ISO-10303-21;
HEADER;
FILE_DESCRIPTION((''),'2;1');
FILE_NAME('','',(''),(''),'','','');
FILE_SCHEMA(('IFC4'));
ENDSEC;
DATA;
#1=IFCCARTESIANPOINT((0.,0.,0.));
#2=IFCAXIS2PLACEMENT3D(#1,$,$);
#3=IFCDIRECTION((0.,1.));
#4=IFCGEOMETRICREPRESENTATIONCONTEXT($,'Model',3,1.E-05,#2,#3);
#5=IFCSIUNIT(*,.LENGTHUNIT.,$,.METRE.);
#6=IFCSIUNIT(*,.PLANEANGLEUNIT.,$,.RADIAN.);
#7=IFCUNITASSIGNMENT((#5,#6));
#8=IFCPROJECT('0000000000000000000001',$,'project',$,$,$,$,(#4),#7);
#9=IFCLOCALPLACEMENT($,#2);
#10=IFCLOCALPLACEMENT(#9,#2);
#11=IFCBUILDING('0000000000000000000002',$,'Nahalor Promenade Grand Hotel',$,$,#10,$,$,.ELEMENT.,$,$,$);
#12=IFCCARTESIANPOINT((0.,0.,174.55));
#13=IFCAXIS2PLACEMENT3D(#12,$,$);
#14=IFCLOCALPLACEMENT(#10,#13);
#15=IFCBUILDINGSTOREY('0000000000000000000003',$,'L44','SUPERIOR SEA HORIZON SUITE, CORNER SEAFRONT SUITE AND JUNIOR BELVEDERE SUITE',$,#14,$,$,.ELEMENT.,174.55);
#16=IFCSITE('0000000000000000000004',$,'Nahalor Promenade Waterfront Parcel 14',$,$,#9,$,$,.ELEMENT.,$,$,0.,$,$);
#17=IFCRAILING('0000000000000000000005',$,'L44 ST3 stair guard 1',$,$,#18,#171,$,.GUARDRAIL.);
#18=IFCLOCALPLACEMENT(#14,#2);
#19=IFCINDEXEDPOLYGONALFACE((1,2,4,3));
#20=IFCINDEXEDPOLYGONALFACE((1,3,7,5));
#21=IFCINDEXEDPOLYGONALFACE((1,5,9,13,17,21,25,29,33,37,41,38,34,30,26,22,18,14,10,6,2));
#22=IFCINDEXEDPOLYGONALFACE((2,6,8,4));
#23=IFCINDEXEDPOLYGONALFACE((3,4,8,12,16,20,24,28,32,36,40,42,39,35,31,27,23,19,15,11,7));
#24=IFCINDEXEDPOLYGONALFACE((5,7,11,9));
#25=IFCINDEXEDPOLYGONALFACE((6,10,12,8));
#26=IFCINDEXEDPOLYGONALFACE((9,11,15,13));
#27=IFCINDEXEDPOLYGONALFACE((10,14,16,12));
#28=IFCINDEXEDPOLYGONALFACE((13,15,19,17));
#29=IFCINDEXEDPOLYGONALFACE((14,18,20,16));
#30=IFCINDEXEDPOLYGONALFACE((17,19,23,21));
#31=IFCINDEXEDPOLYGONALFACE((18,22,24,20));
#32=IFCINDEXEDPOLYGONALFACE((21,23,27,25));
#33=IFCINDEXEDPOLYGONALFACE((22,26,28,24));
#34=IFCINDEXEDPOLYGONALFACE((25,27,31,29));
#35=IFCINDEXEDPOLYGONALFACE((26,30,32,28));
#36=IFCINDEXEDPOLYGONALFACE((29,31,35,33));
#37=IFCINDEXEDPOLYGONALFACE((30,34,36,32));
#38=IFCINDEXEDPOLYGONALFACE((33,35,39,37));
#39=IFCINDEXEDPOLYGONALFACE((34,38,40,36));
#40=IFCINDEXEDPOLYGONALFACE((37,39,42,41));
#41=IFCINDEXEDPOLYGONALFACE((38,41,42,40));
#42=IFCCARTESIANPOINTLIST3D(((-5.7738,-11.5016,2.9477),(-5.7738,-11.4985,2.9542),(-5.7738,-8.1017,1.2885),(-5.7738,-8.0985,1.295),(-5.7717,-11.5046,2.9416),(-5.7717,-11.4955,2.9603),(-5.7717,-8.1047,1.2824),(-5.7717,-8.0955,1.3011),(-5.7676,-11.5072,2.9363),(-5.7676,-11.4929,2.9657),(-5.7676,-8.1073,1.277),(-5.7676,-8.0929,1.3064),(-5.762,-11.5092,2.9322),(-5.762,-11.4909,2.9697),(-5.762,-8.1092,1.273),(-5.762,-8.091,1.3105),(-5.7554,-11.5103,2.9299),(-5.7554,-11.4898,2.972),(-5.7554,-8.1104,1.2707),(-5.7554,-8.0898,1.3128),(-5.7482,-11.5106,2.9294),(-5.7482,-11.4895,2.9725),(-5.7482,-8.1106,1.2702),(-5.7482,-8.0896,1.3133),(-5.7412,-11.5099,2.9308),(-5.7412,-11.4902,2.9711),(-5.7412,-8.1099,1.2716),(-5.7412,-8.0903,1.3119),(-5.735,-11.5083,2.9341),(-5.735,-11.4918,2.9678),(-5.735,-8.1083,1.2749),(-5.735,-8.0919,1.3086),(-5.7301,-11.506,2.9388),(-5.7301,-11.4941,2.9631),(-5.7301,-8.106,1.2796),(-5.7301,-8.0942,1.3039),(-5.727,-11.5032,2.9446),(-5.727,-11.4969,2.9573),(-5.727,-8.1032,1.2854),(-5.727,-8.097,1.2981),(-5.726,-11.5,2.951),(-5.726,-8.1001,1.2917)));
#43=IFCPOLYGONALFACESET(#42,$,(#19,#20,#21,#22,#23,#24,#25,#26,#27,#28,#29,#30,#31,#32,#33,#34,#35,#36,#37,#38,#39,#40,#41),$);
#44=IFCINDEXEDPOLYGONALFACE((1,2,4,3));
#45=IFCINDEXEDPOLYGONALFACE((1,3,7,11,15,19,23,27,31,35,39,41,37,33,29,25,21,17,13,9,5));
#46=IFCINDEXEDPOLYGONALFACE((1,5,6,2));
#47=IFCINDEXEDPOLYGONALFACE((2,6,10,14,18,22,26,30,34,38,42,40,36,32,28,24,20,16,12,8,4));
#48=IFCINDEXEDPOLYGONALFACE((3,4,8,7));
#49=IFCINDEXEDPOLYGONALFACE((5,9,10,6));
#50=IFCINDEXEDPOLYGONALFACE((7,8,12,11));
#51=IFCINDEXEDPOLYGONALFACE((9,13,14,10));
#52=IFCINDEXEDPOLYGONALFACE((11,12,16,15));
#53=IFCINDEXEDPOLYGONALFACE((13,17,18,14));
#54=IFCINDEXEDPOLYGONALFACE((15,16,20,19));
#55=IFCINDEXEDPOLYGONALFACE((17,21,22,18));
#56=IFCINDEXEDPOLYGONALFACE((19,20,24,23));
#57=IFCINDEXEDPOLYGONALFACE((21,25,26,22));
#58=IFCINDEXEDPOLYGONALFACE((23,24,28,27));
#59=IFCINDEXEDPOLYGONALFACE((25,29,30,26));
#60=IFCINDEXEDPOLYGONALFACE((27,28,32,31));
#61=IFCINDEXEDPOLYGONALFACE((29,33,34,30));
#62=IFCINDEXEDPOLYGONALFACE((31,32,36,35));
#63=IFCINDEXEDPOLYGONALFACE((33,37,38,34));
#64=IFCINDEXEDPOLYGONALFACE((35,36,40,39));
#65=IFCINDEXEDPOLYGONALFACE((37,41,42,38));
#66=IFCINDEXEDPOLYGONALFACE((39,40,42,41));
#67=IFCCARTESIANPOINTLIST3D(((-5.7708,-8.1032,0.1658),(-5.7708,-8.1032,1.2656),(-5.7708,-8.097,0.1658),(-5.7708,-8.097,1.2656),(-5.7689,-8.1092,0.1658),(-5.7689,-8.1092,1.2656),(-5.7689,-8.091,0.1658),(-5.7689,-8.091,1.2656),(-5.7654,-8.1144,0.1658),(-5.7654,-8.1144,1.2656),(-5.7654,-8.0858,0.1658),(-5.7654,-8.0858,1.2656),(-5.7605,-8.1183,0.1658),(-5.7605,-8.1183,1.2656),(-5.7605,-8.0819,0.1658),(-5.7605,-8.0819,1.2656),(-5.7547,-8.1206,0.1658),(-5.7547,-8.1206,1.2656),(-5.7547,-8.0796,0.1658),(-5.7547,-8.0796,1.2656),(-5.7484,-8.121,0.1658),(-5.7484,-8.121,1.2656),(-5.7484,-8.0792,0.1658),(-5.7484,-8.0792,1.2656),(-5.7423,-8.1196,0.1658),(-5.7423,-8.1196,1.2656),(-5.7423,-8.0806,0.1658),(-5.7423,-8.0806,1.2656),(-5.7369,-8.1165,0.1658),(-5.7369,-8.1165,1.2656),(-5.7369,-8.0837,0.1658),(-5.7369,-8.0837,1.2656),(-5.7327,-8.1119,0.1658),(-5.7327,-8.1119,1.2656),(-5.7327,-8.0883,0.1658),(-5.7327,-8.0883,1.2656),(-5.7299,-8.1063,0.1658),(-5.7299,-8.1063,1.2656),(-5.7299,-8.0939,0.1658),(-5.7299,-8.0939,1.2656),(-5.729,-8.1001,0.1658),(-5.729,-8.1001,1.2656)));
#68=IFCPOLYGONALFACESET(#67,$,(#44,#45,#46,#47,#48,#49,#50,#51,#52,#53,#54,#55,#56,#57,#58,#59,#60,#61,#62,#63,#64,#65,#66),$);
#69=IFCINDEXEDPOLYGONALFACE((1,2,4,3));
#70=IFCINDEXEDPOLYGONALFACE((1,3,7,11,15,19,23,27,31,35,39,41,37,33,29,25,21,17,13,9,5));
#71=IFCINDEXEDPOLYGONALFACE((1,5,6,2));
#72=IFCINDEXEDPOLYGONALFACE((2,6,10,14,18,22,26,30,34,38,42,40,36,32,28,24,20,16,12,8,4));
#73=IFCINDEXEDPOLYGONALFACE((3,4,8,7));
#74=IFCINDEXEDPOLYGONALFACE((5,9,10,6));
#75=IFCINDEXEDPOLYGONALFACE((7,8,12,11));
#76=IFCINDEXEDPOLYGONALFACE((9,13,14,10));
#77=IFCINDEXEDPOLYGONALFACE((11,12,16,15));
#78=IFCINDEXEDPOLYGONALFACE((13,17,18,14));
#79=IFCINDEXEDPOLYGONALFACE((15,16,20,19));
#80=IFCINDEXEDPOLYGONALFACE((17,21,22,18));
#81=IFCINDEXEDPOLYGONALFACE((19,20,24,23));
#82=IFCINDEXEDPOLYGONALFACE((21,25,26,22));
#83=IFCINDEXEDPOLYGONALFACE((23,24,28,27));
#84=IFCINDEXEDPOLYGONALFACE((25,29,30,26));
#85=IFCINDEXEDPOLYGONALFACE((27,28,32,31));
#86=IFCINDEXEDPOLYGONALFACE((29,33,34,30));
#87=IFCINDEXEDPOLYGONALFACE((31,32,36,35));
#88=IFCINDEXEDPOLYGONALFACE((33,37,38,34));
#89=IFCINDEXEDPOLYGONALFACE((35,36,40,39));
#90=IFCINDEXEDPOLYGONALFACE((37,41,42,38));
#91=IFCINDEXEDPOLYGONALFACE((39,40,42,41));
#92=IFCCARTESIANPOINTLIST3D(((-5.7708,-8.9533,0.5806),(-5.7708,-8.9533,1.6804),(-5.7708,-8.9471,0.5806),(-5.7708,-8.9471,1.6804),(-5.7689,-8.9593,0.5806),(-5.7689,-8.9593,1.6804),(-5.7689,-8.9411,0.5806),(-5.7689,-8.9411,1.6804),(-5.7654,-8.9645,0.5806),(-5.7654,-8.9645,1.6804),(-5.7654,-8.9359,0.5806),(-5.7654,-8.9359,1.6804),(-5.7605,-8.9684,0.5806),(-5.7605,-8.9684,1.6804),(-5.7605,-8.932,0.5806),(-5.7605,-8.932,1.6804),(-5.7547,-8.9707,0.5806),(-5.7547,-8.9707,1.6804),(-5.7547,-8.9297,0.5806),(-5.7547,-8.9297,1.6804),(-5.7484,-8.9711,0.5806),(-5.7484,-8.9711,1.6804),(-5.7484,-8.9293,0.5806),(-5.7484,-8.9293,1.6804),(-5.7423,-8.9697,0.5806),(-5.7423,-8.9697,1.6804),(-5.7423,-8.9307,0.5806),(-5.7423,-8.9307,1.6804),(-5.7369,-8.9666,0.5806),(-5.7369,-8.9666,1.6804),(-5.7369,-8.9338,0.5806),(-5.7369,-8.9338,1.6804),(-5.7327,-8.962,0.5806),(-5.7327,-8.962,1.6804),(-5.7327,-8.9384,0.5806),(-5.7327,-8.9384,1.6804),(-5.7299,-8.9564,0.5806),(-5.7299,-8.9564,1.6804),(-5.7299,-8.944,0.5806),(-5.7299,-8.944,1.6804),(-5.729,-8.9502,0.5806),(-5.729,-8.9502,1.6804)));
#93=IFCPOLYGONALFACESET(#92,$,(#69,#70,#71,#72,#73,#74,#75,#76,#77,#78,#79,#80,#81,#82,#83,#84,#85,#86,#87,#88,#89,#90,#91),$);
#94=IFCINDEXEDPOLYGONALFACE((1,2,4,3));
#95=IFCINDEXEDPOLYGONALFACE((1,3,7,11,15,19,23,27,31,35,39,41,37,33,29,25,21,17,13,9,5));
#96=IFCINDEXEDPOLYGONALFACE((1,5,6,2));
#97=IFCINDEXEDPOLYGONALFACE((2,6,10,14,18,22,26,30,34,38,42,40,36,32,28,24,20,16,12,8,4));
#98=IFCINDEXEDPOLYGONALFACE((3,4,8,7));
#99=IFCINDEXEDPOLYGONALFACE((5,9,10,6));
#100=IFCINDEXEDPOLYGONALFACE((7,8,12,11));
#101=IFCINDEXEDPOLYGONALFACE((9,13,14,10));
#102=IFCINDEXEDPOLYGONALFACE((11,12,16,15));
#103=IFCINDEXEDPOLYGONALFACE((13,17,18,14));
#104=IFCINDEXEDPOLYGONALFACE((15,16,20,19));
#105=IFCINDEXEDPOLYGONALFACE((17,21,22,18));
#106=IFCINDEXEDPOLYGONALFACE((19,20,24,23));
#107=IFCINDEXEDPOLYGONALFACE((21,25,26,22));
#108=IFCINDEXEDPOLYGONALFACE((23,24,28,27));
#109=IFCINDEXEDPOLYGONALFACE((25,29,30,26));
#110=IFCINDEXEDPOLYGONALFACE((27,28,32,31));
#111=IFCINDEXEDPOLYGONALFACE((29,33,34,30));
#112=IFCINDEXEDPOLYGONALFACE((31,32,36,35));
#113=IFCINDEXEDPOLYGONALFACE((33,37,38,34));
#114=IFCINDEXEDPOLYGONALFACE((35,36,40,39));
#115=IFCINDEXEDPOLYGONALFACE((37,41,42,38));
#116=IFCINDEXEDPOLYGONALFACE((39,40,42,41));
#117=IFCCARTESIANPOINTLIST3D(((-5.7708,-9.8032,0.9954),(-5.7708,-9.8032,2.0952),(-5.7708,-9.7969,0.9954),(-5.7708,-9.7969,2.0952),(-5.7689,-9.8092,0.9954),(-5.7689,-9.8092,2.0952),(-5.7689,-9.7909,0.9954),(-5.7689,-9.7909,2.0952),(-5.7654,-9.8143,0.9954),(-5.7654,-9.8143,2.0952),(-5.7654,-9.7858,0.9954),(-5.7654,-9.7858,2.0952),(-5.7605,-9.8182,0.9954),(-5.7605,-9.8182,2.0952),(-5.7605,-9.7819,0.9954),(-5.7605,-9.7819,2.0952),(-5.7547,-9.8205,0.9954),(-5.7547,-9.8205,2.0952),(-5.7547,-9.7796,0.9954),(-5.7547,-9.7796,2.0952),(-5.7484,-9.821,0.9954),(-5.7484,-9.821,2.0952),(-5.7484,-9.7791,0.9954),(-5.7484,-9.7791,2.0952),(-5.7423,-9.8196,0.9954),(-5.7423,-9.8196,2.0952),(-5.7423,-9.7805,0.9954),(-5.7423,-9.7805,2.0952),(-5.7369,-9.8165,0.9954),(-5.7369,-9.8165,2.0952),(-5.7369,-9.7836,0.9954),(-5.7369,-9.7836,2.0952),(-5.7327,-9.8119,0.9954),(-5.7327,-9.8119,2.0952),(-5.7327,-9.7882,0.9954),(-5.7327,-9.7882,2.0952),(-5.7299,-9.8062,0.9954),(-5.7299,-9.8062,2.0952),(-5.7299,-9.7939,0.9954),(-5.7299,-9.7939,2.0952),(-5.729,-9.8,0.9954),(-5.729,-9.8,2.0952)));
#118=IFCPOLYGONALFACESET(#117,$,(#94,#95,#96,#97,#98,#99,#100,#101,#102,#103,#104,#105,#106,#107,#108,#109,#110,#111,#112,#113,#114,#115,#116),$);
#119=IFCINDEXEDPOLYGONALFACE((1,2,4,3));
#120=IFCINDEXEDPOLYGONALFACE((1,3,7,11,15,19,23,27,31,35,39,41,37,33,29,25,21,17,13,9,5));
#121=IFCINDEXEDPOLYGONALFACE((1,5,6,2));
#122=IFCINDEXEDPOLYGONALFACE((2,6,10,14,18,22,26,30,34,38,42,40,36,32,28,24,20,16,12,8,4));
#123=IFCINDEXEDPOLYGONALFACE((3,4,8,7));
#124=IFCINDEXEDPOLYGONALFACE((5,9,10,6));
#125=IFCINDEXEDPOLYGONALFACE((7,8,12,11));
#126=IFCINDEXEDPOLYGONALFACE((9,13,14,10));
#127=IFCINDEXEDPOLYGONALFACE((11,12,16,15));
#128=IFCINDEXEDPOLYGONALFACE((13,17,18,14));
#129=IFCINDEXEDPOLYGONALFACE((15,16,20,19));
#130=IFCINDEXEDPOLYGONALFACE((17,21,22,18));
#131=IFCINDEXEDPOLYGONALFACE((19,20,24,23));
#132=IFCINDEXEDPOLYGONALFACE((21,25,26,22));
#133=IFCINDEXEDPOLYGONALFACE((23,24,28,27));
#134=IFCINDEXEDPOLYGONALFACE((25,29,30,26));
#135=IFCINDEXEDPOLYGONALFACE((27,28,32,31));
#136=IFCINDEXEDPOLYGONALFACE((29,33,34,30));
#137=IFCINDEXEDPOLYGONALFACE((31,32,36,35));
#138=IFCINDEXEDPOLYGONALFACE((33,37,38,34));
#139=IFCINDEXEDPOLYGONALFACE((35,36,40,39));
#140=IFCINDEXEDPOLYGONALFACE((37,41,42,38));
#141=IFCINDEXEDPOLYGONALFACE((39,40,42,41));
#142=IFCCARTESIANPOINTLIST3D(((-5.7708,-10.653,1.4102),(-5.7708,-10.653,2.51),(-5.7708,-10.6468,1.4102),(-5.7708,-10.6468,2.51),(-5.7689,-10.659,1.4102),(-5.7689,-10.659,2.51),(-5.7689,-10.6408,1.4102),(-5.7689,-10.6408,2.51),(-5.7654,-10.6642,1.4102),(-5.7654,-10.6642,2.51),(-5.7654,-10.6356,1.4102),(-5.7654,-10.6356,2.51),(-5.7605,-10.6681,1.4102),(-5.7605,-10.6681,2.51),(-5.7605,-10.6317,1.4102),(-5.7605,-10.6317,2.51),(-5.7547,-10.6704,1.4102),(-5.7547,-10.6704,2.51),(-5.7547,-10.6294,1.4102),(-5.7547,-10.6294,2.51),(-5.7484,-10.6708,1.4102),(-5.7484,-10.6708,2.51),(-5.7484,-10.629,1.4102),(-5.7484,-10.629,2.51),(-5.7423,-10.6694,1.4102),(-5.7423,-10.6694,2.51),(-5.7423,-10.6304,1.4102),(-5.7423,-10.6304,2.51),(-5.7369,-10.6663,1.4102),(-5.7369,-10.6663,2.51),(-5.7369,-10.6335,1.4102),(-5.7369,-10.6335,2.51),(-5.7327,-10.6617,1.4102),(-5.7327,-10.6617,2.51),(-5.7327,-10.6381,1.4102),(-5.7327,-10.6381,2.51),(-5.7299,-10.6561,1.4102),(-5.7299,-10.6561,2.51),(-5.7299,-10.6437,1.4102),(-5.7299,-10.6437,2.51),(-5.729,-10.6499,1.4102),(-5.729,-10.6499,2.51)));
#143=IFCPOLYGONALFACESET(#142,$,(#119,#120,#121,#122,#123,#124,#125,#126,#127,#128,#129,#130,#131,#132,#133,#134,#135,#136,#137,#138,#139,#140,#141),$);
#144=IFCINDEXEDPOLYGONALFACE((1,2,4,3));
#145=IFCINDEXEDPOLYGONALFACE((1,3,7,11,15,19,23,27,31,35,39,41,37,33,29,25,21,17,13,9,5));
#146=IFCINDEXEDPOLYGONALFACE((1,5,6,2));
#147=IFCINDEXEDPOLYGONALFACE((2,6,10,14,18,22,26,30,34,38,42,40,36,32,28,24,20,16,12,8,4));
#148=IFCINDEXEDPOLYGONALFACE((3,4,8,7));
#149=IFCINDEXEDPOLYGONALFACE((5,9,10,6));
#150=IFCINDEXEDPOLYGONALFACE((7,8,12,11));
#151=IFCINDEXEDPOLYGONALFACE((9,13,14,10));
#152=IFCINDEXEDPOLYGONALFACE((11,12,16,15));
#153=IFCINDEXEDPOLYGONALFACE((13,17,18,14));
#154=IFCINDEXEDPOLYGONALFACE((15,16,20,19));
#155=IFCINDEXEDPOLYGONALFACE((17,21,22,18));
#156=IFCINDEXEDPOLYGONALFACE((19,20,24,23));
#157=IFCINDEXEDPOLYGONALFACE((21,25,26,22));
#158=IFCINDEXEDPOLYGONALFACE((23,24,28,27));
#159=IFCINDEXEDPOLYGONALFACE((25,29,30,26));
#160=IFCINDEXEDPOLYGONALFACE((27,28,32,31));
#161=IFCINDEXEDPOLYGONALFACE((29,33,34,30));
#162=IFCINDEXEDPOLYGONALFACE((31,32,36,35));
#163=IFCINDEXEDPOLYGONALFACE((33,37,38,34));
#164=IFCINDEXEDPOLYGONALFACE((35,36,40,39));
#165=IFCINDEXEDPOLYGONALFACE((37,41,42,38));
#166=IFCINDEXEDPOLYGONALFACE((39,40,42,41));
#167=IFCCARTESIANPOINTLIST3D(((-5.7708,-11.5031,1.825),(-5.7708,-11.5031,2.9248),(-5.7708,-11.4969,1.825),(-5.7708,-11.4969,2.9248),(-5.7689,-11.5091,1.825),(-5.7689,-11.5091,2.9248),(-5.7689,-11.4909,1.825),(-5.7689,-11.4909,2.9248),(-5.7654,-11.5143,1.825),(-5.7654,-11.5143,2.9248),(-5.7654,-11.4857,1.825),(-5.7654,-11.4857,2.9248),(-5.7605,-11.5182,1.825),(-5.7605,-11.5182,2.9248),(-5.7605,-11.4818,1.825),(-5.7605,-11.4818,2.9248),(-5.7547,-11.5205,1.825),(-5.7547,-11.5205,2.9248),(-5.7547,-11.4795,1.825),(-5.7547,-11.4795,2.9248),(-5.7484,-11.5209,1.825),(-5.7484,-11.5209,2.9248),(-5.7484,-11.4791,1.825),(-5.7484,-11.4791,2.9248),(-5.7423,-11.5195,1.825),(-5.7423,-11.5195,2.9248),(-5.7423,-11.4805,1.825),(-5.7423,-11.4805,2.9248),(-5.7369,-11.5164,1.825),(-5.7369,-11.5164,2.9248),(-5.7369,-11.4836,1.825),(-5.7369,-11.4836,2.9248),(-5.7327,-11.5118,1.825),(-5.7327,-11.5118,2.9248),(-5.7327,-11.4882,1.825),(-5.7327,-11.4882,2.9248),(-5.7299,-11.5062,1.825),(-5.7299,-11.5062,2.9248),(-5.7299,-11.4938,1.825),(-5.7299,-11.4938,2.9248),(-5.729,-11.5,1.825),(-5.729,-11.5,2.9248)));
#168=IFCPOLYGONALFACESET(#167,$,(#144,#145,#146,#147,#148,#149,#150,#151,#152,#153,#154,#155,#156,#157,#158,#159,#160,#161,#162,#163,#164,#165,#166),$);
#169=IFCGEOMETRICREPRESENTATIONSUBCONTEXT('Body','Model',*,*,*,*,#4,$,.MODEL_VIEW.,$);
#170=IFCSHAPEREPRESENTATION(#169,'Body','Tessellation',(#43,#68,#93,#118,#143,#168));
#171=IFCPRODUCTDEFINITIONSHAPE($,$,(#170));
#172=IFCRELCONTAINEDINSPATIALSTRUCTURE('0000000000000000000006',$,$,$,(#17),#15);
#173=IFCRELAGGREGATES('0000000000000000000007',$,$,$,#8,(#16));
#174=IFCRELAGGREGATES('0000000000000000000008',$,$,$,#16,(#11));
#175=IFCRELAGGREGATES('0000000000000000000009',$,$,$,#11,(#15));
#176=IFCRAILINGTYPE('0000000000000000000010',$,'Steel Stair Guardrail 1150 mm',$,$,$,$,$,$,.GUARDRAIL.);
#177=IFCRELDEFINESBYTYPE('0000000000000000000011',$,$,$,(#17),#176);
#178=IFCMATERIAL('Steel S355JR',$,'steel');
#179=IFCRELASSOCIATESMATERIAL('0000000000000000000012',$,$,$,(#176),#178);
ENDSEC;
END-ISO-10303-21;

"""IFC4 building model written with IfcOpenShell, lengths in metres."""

from ifc_helpers import new_model, si_unit, direction, frame, origin, origin_2d, place, context, subcontext, project, spatial, circle, extrude, material, type_object, element, save


model = new_model("IFC4")

# Units and contexts
model_context = context("Model", 3, precision=1e-05, world=origin(), true_north=direction((0.0, 1.0)))
body_context = subcontext(model_context, "Body", "Model", "MODEL_VIEW")
ifc_project = project(units=[si_unit("LENGTHUNIT", "METRE"), si_unit("PLANEANGLEUNIT", "RADIAN")], contexts=[model_context])

# Site, building, storey
site_placement = place(None, origin())
site = spatial("IfcSite", under=ifc_project, at=site_placement, Name="Nahalor Promenade Waterfront Parcel 14", CompositionType="ELEMENT", RefElevation=0.0)
building_placement = place(site_placement, origin())
building = spatial("IfcBuilding", under=site, at=building_placement, Name="Nahalor Promenade Grand Hotel", CompositionType="ELEMENT")
storey_placement = place(building_placement, frame((0.0, 0.0, 174.55)))
storey = spatial("IfcBuildingStorey", under=building, at=storey_placement, Name="L44", Description="SUPERIOR SEA HORIZON SUITE, CORNER SEAFRONT SUITE AND JUNIOR BELVEDERE SUITE", CompositionType="ELEMENT", Elevation=174.55)

# Shared definitions
ifc_material_1 = material(Name="Steel S355JR", Category="steel")

# Railing
railing_type_1 = type_object("IfcRailingType", Name="Steel Stair Guardrail 1150 mm", PredefinedType="GUARDRAIL", material=ifc_material_1)
railing_1_placement = place(storey_placement, frame((-5.75, -8.1001, 0.1658)))
element("IfcRailing", 1, at=railing_1_placement, inside=storey, type_object=railing_type_1, Name="L44 ST3 stair guard 1", PredefinedType="GUARDRAIL", context=body_context, shape_type="SweptSolid", body=[
    extrude(circle(Radius=0.024, at=origin_2d()), frame((0.0, 0.0, 1.126), z_axis=(0.0, -0.898696, 0.438571), x_axis=(1.0, 0.0, 0.0)), (0.0, 0.0, 1.0), 3.7832),
    extrude(circle(Radius=0.021, at=origin_2d()), origin(), (0.0, 0.0, 1.0), 1.0999),
    extrude(circle(Radius=0.021, at=origin_2d()), frame((0.0, -0.8501, 0.4148)), (0.0, 0.0, 1.0), 1.0999),
    extrude(circle(Radius=0.021, at=origin_2d()), frame((0.0, -1.7, 0.8296)), (0.0, 0.0, 1.0), 1.0999),
    extrude(circle(Radius=0.021, at=origin_2d()), frame((0.0, -2.5498, 1.2444)), (0.0, 0.0, 1.0), 1.0999),
    extrude(circle(Radius=0.021, at=origin_2d()), frame((0.0, -3.3999, 1.6592)), (0.0, 0.0, 1.0), 1.0999),
])

save(model, "model.ifc")
